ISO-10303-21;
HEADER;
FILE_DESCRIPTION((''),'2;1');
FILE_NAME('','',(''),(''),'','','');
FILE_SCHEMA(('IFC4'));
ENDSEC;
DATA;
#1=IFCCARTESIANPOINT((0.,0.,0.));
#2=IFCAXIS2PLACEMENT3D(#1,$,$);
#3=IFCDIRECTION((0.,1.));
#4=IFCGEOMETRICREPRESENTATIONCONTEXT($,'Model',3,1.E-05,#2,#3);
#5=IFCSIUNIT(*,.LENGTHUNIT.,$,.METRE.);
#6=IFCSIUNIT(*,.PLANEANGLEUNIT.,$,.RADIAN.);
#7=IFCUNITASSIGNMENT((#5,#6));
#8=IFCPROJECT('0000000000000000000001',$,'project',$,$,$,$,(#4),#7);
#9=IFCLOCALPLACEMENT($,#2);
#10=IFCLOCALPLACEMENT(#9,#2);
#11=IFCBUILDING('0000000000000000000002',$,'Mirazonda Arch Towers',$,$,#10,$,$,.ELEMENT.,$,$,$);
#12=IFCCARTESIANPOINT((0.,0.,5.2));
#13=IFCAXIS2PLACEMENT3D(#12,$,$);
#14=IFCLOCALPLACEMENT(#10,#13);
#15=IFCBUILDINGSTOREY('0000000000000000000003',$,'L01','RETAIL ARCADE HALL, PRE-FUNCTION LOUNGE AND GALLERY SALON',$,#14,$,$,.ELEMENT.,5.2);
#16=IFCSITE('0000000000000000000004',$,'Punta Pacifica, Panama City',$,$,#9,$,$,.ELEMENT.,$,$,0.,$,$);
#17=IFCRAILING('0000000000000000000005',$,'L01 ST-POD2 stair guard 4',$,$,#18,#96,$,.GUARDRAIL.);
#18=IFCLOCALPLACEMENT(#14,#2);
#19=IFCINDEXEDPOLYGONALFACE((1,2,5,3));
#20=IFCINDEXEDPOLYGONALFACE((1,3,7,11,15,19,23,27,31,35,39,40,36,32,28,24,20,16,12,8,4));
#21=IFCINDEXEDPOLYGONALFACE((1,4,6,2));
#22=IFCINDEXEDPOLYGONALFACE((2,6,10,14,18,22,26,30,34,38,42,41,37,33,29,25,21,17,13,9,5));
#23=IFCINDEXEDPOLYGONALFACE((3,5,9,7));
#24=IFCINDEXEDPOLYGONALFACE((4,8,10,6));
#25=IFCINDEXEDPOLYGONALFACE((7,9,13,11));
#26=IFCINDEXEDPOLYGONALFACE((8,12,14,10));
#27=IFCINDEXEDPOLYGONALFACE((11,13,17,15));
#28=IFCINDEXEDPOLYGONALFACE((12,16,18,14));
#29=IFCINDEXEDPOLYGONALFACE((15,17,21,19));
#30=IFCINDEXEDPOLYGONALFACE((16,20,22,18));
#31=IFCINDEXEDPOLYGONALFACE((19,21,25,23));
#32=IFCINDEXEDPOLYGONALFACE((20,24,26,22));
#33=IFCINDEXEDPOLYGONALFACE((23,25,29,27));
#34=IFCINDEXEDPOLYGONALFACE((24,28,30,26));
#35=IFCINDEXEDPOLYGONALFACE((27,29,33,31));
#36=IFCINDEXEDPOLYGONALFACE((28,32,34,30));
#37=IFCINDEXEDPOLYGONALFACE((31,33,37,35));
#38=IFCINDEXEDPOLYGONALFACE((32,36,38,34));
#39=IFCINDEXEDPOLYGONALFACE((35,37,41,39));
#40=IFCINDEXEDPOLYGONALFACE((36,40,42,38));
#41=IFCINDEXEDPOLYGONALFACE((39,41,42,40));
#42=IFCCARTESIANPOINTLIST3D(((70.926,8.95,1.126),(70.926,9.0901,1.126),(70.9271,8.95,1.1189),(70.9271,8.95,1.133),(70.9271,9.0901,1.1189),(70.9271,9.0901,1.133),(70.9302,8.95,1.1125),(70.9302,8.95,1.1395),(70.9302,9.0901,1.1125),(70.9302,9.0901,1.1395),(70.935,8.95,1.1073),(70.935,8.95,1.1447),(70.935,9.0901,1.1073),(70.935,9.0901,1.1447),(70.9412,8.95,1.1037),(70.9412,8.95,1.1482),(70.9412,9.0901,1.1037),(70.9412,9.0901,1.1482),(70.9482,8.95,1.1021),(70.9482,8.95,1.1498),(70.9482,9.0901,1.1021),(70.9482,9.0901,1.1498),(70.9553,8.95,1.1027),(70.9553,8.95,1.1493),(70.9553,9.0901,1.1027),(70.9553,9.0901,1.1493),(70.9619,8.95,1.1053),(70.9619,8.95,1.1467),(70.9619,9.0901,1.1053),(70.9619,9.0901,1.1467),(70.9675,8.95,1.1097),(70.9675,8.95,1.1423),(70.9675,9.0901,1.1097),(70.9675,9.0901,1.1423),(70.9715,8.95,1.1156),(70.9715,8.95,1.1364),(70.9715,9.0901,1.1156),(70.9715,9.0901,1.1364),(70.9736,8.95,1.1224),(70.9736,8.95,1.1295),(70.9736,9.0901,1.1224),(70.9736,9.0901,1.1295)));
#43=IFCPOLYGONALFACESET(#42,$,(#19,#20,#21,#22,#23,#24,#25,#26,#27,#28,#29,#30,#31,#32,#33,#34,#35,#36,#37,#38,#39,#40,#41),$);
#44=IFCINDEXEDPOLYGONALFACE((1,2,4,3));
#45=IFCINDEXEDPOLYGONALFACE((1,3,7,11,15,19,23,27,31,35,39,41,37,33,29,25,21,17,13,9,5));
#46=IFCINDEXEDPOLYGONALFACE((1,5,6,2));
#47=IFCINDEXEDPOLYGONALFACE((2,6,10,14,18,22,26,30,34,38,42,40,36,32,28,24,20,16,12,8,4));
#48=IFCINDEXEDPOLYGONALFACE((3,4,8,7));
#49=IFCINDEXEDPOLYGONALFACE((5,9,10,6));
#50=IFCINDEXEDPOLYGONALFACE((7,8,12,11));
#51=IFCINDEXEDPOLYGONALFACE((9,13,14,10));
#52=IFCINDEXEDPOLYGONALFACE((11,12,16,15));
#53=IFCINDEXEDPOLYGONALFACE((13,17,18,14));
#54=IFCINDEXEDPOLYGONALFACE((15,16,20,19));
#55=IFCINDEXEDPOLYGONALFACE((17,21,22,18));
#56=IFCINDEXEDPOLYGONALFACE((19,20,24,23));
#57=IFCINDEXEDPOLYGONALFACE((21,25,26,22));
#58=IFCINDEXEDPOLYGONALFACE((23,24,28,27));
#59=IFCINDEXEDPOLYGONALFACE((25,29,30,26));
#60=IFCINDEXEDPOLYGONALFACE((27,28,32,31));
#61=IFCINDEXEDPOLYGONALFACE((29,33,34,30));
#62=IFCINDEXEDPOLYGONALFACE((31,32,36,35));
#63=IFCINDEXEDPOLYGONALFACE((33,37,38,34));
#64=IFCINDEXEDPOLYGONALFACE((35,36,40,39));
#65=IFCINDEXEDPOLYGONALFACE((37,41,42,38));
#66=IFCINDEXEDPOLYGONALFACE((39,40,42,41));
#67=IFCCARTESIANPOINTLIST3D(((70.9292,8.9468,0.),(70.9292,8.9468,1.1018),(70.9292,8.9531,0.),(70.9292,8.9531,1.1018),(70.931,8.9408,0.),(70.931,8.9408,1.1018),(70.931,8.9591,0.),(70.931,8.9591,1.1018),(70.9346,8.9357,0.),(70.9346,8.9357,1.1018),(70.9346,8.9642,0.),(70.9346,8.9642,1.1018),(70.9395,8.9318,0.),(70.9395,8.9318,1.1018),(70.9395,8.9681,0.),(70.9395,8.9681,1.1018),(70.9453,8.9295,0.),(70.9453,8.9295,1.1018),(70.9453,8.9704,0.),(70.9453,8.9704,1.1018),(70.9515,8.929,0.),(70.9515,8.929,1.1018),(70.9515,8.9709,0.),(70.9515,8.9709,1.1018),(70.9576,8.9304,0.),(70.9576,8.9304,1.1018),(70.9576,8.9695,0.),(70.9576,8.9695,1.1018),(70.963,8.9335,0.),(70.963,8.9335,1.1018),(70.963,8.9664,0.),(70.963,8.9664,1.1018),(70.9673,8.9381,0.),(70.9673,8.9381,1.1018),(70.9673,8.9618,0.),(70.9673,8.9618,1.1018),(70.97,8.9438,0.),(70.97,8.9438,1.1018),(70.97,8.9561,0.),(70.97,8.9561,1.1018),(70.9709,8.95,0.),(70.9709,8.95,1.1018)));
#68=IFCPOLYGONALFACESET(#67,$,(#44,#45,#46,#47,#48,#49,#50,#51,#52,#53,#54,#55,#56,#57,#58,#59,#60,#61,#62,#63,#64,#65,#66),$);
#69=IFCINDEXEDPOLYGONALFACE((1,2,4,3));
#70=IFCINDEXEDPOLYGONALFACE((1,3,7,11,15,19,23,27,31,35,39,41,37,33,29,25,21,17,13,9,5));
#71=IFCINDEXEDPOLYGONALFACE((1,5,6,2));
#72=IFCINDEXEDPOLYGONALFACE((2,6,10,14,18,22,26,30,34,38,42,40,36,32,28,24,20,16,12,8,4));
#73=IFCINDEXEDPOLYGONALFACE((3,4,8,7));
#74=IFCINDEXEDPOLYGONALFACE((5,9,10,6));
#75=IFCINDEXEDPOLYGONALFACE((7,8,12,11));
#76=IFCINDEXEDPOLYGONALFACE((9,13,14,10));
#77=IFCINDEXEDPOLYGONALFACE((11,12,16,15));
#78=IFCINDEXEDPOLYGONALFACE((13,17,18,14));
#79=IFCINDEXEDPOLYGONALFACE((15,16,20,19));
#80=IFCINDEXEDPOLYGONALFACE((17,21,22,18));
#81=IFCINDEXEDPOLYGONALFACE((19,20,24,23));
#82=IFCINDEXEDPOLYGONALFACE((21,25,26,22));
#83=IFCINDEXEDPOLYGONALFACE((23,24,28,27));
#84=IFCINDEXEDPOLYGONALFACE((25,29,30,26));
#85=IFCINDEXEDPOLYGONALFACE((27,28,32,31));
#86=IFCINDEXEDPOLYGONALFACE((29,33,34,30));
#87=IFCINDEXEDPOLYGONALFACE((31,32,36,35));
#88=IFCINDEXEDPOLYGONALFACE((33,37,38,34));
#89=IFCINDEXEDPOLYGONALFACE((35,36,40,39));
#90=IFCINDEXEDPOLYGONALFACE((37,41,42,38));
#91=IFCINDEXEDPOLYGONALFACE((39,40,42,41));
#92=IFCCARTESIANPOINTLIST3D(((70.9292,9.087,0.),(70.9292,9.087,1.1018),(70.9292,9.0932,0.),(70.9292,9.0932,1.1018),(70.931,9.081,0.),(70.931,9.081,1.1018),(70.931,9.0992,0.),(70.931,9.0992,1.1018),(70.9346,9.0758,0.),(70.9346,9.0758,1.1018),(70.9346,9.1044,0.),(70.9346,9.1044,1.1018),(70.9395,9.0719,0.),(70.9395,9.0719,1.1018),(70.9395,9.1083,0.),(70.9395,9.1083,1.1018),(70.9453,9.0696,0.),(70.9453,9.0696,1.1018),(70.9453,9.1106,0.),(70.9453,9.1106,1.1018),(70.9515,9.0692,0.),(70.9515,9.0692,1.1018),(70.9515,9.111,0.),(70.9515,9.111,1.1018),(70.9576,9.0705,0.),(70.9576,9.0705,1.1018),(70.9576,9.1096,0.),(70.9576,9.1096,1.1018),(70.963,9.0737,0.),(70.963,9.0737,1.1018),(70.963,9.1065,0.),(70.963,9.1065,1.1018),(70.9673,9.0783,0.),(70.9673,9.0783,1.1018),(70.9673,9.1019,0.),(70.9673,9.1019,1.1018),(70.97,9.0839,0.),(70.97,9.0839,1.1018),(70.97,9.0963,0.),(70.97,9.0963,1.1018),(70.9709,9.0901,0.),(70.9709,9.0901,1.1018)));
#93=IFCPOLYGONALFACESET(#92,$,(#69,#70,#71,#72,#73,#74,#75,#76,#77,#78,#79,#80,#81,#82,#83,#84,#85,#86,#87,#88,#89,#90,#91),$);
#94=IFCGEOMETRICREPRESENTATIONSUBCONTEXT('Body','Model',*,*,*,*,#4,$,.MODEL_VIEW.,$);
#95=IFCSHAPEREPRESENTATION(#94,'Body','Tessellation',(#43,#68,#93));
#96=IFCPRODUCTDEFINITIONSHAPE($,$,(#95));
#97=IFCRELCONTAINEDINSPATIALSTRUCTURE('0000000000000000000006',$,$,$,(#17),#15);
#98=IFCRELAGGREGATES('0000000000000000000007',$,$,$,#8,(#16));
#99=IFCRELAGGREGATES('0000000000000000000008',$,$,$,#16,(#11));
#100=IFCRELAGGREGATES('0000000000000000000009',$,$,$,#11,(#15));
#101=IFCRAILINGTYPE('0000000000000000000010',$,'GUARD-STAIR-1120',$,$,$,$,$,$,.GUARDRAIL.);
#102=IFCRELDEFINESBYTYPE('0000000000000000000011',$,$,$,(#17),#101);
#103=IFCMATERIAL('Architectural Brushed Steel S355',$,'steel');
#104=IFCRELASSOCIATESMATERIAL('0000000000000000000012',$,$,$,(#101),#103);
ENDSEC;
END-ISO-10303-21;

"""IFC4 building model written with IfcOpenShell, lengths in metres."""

from ifc_helpers import new_model, si_unit, direction, frame, origin, origin_2d, place, context, subcontext, project, spatial, circle, extrude, material, type_object, element, save


model = new_model("IFC4")

# Units and contexts
model_context = context("Model", 3, precision=1e-05, world=origin(), true_north=direction((0.0, 1.0)))
body_context = subcontext(model_context, "Body", "Model", "MODEL_VIEW")
ifc_project = project(units=[si_unit("LENGTHUNIT", "METRE"), si_unit("PLANEANGLEUNIT", "RADIAN")], contexts=[model_context])

# Site, building, storey
site_placement = place(None, origin())
site = spatial("IfcSite", under=ifc_project, at=site_placement, Name="Punta Pacifica, Panama City", CompositionType="ELEMENT", RefElevation=0.0)
building_placement = place(site_placement, origin())
building = spatial("IfcBuilding", under=site, at=building_placement, Name="Mirazonda Arch Towers", CompositionType="ELEMENT")
storey_placement = place(building_placement, frame((0.0, 0.0, 5.2)))
storey = spatial("IfcBuildingStorey", under=building, at=storey_placement, Name="L01", Description="RETAIL ARCADE HALL, PRE-FUNCTION LOUNGE AND GALLERY SALON", CompositionType="ELEMENT", Elevation=5.2)

# Railing
ifc_material_1 = material(Name="Architectural Brushed Steel S355", Category="steel")
railing_type_1 = type_object("IfcRailingType", Name="GUARD-STAIR-1120", PredefinedType="GUARDRAIL", material=ifc_material_1)
railing_1_placement = place(storey_placement, frame((70.95, 8.95, 0.0)))
element("IfcRailing", 1, at=railing_1_placement, inside=storey, type_object=railing_type_1, Name="L01 ST-POD2 stair guard 4", PredefinedType="GUARDRAIL", context=body_context, shape_type="SweptSolid", body=[
    extrude(circle(Radius=0.0239, at=origin_2d()), frame((0.0, 0.0, 1.126), z_axis=(0.0, 1.0, 0.0), x_axis=(-1.0, 0.0, 0.0)), (0.0, 0.0, 1.0), 0.1401),
    extrude(circle(Radius=0.021, at=origin_2d()), origin(), (0.0, 0.0, 1.0), 1.1018),
    extrude(circle(Radius=0.021, at=origin_2d()), frame((0.0, 0.1401, 0.0)), (0.0, 0.0, 1.0), 1.1018),
])

save(model, "model.ifc")
